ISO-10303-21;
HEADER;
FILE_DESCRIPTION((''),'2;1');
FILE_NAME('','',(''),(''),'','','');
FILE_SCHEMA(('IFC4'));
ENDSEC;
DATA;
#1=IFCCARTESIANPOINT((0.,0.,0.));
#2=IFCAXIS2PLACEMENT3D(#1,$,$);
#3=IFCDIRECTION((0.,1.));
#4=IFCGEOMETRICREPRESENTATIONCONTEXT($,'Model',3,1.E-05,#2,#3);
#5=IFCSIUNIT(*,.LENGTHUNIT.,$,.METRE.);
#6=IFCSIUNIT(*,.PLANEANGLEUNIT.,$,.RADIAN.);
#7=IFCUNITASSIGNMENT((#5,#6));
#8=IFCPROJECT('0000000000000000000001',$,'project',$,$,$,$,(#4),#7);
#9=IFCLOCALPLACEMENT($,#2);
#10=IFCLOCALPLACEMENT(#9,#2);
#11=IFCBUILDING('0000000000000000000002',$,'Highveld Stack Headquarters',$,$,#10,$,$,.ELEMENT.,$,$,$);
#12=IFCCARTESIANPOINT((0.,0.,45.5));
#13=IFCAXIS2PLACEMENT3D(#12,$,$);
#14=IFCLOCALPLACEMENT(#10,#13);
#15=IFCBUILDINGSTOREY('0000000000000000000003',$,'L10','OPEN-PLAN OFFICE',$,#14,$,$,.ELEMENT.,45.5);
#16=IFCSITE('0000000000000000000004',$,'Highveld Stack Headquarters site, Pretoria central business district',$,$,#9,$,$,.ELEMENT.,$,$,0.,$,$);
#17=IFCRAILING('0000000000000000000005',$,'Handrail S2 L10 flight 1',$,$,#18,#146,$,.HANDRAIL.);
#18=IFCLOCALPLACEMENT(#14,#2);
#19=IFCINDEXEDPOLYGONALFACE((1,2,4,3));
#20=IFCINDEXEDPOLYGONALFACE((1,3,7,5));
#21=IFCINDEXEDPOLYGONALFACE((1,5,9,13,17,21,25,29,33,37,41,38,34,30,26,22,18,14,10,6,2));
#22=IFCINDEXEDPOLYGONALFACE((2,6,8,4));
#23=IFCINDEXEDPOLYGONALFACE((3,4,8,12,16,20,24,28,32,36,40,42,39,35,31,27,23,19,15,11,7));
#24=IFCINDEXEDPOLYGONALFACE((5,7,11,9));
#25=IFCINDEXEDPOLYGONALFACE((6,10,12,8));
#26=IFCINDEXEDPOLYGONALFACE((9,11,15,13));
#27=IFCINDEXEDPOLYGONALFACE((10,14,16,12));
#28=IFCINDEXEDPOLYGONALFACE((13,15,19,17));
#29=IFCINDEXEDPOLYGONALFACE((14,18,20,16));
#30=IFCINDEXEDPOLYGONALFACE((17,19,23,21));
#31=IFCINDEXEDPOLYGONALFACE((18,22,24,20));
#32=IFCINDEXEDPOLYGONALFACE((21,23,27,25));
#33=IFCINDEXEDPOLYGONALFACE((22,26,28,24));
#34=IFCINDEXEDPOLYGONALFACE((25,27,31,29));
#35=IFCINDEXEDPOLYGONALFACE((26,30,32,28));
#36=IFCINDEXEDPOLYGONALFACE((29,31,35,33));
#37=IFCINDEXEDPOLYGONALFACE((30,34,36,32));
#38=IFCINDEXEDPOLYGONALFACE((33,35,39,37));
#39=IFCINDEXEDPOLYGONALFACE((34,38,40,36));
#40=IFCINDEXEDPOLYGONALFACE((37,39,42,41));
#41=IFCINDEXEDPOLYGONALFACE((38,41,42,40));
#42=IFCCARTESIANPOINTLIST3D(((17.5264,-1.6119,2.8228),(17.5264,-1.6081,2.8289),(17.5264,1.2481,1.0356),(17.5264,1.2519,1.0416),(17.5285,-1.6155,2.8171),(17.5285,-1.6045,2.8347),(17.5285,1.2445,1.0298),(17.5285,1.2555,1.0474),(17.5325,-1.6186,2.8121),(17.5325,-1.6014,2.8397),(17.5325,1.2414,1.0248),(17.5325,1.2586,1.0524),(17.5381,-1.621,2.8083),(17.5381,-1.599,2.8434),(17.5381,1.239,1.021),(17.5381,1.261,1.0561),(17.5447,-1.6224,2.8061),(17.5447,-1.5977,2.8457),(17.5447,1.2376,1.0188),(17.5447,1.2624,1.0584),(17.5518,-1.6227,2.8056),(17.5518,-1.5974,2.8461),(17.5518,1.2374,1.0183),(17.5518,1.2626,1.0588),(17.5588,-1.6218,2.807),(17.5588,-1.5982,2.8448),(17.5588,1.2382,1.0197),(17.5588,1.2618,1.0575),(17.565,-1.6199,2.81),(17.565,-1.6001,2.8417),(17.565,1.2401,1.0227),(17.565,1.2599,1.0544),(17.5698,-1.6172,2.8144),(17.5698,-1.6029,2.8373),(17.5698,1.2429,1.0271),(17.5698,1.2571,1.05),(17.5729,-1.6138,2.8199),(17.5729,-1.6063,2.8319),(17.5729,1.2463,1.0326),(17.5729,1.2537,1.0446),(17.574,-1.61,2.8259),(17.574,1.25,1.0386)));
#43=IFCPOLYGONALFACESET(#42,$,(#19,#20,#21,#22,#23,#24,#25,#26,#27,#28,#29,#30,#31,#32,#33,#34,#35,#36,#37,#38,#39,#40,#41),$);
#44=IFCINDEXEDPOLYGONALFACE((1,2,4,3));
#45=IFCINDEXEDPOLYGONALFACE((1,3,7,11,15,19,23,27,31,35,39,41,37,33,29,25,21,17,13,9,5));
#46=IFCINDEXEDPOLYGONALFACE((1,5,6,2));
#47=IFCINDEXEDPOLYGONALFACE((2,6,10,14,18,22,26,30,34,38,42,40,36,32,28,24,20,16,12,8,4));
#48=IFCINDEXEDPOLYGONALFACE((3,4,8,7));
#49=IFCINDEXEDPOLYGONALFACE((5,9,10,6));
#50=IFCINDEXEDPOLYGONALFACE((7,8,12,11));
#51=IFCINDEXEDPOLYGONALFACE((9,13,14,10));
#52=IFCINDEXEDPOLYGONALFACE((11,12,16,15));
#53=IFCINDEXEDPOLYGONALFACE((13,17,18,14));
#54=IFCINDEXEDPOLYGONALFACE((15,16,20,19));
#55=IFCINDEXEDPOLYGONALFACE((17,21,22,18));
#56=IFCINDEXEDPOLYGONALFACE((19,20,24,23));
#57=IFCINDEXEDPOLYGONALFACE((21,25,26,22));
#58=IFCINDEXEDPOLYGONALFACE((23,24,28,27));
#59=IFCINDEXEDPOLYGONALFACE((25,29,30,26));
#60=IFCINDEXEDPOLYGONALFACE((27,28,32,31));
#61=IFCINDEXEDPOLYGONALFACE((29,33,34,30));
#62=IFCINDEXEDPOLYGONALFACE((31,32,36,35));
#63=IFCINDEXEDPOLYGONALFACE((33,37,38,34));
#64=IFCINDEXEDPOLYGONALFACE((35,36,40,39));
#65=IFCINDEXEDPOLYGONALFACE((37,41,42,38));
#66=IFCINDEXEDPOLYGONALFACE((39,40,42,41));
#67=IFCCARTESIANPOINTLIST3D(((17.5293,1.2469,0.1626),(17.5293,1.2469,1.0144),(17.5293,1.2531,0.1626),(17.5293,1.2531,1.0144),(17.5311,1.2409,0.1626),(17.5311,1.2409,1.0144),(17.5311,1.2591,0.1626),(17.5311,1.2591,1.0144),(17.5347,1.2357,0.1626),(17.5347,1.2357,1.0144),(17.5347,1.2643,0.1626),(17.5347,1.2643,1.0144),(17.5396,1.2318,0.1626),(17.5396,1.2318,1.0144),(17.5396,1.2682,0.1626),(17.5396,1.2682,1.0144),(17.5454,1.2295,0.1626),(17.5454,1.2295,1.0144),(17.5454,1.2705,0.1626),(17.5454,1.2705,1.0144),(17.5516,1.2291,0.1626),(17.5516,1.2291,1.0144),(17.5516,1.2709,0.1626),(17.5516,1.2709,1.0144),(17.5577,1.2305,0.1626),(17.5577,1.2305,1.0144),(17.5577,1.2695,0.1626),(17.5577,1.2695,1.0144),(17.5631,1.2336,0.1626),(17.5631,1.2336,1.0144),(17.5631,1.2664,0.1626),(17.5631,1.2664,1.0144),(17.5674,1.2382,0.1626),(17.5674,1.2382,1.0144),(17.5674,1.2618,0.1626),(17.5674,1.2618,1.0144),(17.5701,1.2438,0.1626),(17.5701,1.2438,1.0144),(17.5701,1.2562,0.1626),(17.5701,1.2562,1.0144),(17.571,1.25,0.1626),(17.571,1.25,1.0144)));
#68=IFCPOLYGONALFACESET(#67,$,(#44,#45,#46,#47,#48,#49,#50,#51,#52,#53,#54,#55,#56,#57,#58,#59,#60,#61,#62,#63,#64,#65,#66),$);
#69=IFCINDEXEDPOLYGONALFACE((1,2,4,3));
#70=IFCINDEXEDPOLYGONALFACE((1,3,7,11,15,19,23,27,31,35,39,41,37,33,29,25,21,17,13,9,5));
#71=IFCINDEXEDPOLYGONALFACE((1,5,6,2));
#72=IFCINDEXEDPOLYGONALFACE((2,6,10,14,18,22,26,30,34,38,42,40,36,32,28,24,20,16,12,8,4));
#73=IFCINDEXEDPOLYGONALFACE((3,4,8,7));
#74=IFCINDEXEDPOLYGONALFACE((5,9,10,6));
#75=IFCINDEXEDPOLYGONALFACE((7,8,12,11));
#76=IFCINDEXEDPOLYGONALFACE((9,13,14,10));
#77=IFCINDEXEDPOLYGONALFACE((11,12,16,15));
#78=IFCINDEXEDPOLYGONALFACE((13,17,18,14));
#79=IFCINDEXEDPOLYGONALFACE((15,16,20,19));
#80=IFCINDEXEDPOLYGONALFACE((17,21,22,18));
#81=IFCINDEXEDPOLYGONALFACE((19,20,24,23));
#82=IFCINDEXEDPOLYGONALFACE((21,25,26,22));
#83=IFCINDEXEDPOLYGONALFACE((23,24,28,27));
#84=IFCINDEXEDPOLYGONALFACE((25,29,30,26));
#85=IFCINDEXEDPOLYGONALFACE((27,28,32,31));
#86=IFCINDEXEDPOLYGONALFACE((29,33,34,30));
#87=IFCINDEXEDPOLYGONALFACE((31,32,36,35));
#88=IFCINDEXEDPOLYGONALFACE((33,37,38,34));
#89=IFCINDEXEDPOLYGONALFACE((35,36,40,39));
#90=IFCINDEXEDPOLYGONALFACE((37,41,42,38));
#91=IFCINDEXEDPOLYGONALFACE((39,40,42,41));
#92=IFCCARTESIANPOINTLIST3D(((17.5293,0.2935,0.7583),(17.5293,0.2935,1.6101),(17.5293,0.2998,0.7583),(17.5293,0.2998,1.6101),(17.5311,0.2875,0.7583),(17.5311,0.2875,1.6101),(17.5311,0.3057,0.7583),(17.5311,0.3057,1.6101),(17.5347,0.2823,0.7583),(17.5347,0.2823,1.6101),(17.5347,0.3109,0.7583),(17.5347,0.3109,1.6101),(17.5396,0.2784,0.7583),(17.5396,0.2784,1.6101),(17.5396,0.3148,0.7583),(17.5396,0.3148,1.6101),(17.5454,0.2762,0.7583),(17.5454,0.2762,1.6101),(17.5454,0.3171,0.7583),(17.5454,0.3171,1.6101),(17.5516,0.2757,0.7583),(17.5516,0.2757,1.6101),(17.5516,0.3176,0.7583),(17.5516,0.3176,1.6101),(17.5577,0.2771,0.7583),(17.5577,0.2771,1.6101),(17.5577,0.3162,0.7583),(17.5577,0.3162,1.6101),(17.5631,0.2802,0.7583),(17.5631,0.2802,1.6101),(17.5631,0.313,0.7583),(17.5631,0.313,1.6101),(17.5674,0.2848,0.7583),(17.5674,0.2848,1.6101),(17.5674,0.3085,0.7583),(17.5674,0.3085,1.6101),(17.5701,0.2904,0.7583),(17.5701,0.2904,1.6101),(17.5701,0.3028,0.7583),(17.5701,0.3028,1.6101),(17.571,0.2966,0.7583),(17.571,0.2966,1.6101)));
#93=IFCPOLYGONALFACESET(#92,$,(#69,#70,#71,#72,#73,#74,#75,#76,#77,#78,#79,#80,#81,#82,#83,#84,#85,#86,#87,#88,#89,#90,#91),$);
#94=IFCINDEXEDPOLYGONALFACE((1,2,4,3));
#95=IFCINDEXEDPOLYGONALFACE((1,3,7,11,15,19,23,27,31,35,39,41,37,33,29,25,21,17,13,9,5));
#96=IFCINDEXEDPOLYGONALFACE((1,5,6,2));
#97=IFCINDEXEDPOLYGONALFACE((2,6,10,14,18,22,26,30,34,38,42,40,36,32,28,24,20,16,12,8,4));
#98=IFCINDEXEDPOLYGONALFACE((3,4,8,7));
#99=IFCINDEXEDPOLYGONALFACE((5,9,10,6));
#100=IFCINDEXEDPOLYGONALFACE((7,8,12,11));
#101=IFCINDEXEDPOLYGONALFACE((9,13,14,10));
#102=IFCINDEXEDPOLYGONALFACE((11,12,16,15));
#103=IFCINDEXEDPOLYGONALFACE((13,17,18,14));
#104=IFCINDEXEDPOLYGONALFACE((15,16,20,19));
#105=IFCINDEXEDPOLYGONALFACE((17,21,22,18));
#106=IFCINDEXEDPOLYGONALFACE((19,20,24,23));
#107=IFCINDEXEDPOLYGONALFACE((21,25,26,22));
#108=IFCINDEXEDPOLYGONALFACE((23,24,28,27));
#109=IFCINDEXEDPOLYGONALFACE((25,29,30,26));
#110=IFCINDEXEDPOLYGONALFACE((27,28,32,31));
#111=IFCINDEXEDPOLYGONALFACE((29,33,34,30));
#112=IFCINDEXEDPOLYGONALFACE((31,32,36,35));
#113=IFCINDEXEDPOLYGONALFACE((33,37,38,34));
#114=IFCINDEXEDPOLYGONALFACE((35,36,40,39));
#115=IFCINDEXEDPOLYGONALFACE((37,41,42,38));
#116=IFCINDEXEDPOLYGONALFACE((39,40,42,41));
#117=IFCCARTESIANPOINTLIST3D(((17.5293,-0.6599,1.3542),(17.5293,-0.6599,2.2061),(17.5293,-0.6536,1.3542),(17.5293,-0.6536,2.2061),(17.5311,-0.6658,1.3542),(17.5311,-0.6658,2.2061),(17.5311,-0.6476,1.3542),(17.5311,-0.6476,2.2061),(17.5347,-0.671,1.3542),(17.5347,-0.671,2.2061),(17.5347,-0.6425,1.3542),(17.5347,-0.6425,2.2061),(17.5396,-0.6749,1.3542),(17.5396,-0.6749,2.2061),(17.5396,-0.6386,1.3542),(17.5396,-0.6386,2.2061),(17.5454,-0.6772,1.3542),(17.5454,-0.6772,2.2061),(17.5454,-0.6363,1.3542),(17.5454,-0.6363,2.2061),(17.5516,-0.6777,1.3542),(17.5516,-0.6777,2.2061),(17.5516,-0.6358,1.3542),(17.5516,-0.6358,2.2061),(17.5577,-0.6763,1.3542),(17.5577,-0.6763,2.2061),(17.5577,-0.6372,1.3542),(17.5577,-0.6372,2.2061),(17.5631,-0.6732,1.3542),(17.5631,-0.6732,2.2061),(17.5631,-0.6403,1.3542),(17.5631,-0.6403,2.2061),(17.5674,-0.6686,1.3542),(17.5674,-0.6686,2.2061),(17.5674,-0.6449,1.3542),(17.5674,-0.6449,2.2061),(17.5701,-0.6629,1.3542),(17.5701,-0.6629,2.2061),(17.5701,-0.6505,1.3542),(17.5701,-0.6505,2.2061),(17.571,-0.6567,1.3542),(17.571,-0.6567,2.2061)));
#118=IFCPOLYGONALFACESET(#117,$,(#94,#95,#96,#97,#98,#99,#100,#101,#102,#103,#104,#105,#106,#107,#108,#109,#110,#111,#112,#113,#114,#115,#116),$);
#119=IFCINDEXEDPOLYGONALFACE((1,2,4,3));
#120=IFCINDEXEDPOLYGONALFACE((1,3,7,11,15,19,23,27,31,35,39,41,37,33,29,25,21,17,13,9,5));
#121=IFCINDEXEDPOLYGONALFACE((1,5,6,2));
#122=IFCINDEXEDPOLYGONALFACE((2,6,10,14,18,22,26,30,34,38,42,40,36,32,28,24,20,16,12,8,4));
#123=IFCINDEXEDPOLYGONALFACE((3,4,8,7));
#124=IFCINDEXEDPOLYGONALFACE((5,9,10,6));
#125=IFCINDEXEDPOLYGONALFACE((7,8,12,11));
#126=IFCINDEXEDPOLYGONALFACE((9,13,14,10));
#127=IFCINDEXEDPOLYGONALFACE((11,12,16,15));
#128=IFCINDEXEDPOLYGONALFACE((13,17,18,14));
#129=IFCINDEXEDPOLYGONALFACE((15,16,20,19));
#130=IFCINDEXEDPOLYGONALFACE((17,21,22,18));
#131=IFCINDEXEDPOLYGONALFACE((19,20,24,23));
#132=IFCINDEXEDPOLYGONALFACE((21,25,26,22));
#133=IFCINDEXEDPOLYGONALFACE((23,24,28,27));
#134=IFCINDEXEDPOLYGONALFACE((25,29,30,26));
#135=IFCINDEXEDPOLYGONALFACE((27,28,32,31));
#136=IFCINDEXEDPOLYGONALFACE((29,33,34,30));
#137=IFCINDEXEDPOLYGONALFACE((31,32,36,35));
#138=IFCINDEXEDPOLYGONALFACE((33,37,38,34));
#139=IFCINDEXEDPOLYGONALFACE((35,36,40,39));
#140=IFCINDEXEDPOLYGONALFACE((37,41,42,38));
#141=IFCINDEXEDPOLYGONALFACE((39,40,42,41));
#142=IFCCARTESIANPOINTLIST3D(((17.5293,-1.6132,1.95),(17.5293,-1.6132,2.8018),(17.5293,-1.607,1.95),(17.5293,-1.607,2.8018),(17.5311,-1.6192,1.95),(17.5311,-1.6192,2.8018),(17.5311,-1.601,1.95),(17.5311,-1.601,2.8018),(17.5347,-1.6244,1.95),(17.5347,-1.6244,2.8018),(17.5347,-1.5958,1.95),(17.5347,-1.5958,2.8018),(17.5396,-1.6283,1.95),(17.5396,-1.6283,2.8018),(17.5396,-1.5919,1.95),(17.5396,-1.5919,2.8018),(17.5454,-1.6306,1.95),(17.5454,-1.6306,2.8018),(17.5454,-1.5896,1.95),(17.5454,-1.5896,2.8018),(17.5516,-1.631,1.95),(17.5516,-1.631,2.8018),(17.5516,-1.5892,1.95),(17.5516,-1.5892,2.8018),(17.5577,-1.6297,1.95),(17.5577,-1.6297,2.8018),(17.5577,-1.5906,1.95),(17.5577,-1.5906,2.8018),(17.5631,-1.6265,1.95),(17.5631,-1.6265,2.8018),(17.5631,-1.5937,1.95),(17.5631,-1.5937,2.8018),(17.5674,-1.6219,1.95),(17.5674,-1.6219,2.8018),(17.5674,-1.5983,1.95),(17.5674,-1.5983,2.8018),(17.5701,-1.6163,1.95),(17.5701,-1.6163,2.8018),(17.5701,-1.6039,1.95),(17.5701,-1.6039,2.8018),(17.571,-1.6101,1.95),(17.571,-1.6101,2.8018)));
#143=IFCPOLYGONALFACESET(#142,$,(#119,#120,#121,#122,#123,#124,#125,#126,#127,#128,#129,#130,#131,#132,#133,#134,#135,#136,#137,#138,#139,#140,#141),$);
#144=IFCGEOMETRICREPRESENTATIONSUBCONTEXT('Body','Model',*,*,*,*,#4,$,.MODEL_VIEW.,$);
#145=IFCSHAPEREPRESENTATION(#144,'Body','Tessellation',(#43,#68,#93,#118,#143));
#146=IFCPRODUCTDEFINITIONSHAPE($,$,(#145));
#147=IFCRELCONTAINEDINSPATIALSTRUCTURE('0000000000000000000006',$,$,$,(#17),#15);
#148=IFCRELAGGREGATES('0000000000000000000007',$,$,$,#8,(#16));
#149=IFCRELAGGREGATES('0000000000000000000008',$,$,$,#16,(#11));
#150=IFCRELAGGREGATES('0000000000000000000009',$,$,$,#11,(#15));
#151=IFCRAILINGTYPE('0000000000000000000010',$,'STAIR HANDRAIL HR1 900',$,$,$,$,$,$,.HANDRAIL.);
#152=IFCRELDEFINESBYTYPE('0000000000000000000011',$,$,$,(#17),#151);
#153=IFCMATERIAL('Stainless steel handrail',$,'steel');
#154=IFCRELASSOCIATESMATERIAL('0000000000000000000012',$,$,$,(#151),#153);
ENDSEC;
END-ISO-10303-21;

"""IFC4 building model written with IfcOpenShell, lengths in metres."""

from ifc_helpers import new_model, si_unit, direction, frame, origin, origin_2d, place, context, subcontext, project, spatial, circle, extrude, material, type_object, element, save


model = new_model("IFC4")

# Units and contexts
model_context = context("Model", 3, precision=1e-05, world=origin(), true_north=direction((0.0, 1.0)))
body_context = subcontext(model_context, "Body", "Model", "MODEL_VIEW")
ifc_project = project(units=[si_unit("LENGTHUNIT", "METRE"), si_unit("PLANEANGLEUNIT", "RADIAN")], contexts=[model_context])

# Site, building, storey
site_placement = place(None, origin())
site = spatial("IfcSite", under=ifc_project, at=site_placement, Name="Highveld Stack Headquarters site, Pretoria central business district", CompositionType="ELEMENT", RefElevation=0.0)
building_placement = place(site_placement, origin())
building = spatial("IfcBuilding", under=site, at=building_placement, Name="Highveld Stack Headquarters", CompositionType="ELEMENT")
storey_placement = place(building_placement, frame((0.0, 0.0, 45.5)))
storey = spatial("IfcBuildingStorey", under=building, at=storey_placement, Name="L10", Description="OPEN-PLAN OFFICE", CompositionType="ELEMENT", Elevation=45.5)

# Railing
ifc_material_1 = material(Name="Stainless steel handrail", Category="steel")
railing_type = type_object("IfcRailingType", Name="STAIR HANDRAIL HR1 900", PredefinedType="HANDRAIL", material=ifc_material_1)
for number, where, name in (
    (1, (17.55, 1.25, 0.1626), "Handrail S2 L10 flight 1"),
):
    element("IfcRailing", number, at=place(storey_placement, frame(where)), inside=storey, type_object=railing_type, Name=name, PredefinedType="HANDRAIL", context=body_context, shape_type="SweptSolid", body=[
        extrude(circle(Radius=0.0239, at=origin_2d()), frame((0.0, 0.0, 0.876), z_axis=(0.0, -0.848027, 0.529953), x_axis=(1.0, 0.0, 0.0)), (0.0, 0.0, 1.0), 3.3726),
        extrude(circle(Radius=0.021, at=origin_2d()), origin(), (0.0, 0.0, 1.0), 0.8518),
        extrude(circle(Radius=0.021, at=origin_2d()), frame((0.0, -0.9534, 0.5957)), (0.0, 0.0, 1.0), 0.8518),
        extrude(circle(Radius=0.021, at=origin_2d()), frame((0.0, -1.9067, 1.1917)), (0.0, 0.0, 1.0), 0.8518),
        extrude(circle(Radius=0.021, at=origin_2d()), frame((0.0, -2.8601, 1.7874)), (0.0, 0.0, 1.0), 0.8518),
    ])

save(model, "model.ifc")
